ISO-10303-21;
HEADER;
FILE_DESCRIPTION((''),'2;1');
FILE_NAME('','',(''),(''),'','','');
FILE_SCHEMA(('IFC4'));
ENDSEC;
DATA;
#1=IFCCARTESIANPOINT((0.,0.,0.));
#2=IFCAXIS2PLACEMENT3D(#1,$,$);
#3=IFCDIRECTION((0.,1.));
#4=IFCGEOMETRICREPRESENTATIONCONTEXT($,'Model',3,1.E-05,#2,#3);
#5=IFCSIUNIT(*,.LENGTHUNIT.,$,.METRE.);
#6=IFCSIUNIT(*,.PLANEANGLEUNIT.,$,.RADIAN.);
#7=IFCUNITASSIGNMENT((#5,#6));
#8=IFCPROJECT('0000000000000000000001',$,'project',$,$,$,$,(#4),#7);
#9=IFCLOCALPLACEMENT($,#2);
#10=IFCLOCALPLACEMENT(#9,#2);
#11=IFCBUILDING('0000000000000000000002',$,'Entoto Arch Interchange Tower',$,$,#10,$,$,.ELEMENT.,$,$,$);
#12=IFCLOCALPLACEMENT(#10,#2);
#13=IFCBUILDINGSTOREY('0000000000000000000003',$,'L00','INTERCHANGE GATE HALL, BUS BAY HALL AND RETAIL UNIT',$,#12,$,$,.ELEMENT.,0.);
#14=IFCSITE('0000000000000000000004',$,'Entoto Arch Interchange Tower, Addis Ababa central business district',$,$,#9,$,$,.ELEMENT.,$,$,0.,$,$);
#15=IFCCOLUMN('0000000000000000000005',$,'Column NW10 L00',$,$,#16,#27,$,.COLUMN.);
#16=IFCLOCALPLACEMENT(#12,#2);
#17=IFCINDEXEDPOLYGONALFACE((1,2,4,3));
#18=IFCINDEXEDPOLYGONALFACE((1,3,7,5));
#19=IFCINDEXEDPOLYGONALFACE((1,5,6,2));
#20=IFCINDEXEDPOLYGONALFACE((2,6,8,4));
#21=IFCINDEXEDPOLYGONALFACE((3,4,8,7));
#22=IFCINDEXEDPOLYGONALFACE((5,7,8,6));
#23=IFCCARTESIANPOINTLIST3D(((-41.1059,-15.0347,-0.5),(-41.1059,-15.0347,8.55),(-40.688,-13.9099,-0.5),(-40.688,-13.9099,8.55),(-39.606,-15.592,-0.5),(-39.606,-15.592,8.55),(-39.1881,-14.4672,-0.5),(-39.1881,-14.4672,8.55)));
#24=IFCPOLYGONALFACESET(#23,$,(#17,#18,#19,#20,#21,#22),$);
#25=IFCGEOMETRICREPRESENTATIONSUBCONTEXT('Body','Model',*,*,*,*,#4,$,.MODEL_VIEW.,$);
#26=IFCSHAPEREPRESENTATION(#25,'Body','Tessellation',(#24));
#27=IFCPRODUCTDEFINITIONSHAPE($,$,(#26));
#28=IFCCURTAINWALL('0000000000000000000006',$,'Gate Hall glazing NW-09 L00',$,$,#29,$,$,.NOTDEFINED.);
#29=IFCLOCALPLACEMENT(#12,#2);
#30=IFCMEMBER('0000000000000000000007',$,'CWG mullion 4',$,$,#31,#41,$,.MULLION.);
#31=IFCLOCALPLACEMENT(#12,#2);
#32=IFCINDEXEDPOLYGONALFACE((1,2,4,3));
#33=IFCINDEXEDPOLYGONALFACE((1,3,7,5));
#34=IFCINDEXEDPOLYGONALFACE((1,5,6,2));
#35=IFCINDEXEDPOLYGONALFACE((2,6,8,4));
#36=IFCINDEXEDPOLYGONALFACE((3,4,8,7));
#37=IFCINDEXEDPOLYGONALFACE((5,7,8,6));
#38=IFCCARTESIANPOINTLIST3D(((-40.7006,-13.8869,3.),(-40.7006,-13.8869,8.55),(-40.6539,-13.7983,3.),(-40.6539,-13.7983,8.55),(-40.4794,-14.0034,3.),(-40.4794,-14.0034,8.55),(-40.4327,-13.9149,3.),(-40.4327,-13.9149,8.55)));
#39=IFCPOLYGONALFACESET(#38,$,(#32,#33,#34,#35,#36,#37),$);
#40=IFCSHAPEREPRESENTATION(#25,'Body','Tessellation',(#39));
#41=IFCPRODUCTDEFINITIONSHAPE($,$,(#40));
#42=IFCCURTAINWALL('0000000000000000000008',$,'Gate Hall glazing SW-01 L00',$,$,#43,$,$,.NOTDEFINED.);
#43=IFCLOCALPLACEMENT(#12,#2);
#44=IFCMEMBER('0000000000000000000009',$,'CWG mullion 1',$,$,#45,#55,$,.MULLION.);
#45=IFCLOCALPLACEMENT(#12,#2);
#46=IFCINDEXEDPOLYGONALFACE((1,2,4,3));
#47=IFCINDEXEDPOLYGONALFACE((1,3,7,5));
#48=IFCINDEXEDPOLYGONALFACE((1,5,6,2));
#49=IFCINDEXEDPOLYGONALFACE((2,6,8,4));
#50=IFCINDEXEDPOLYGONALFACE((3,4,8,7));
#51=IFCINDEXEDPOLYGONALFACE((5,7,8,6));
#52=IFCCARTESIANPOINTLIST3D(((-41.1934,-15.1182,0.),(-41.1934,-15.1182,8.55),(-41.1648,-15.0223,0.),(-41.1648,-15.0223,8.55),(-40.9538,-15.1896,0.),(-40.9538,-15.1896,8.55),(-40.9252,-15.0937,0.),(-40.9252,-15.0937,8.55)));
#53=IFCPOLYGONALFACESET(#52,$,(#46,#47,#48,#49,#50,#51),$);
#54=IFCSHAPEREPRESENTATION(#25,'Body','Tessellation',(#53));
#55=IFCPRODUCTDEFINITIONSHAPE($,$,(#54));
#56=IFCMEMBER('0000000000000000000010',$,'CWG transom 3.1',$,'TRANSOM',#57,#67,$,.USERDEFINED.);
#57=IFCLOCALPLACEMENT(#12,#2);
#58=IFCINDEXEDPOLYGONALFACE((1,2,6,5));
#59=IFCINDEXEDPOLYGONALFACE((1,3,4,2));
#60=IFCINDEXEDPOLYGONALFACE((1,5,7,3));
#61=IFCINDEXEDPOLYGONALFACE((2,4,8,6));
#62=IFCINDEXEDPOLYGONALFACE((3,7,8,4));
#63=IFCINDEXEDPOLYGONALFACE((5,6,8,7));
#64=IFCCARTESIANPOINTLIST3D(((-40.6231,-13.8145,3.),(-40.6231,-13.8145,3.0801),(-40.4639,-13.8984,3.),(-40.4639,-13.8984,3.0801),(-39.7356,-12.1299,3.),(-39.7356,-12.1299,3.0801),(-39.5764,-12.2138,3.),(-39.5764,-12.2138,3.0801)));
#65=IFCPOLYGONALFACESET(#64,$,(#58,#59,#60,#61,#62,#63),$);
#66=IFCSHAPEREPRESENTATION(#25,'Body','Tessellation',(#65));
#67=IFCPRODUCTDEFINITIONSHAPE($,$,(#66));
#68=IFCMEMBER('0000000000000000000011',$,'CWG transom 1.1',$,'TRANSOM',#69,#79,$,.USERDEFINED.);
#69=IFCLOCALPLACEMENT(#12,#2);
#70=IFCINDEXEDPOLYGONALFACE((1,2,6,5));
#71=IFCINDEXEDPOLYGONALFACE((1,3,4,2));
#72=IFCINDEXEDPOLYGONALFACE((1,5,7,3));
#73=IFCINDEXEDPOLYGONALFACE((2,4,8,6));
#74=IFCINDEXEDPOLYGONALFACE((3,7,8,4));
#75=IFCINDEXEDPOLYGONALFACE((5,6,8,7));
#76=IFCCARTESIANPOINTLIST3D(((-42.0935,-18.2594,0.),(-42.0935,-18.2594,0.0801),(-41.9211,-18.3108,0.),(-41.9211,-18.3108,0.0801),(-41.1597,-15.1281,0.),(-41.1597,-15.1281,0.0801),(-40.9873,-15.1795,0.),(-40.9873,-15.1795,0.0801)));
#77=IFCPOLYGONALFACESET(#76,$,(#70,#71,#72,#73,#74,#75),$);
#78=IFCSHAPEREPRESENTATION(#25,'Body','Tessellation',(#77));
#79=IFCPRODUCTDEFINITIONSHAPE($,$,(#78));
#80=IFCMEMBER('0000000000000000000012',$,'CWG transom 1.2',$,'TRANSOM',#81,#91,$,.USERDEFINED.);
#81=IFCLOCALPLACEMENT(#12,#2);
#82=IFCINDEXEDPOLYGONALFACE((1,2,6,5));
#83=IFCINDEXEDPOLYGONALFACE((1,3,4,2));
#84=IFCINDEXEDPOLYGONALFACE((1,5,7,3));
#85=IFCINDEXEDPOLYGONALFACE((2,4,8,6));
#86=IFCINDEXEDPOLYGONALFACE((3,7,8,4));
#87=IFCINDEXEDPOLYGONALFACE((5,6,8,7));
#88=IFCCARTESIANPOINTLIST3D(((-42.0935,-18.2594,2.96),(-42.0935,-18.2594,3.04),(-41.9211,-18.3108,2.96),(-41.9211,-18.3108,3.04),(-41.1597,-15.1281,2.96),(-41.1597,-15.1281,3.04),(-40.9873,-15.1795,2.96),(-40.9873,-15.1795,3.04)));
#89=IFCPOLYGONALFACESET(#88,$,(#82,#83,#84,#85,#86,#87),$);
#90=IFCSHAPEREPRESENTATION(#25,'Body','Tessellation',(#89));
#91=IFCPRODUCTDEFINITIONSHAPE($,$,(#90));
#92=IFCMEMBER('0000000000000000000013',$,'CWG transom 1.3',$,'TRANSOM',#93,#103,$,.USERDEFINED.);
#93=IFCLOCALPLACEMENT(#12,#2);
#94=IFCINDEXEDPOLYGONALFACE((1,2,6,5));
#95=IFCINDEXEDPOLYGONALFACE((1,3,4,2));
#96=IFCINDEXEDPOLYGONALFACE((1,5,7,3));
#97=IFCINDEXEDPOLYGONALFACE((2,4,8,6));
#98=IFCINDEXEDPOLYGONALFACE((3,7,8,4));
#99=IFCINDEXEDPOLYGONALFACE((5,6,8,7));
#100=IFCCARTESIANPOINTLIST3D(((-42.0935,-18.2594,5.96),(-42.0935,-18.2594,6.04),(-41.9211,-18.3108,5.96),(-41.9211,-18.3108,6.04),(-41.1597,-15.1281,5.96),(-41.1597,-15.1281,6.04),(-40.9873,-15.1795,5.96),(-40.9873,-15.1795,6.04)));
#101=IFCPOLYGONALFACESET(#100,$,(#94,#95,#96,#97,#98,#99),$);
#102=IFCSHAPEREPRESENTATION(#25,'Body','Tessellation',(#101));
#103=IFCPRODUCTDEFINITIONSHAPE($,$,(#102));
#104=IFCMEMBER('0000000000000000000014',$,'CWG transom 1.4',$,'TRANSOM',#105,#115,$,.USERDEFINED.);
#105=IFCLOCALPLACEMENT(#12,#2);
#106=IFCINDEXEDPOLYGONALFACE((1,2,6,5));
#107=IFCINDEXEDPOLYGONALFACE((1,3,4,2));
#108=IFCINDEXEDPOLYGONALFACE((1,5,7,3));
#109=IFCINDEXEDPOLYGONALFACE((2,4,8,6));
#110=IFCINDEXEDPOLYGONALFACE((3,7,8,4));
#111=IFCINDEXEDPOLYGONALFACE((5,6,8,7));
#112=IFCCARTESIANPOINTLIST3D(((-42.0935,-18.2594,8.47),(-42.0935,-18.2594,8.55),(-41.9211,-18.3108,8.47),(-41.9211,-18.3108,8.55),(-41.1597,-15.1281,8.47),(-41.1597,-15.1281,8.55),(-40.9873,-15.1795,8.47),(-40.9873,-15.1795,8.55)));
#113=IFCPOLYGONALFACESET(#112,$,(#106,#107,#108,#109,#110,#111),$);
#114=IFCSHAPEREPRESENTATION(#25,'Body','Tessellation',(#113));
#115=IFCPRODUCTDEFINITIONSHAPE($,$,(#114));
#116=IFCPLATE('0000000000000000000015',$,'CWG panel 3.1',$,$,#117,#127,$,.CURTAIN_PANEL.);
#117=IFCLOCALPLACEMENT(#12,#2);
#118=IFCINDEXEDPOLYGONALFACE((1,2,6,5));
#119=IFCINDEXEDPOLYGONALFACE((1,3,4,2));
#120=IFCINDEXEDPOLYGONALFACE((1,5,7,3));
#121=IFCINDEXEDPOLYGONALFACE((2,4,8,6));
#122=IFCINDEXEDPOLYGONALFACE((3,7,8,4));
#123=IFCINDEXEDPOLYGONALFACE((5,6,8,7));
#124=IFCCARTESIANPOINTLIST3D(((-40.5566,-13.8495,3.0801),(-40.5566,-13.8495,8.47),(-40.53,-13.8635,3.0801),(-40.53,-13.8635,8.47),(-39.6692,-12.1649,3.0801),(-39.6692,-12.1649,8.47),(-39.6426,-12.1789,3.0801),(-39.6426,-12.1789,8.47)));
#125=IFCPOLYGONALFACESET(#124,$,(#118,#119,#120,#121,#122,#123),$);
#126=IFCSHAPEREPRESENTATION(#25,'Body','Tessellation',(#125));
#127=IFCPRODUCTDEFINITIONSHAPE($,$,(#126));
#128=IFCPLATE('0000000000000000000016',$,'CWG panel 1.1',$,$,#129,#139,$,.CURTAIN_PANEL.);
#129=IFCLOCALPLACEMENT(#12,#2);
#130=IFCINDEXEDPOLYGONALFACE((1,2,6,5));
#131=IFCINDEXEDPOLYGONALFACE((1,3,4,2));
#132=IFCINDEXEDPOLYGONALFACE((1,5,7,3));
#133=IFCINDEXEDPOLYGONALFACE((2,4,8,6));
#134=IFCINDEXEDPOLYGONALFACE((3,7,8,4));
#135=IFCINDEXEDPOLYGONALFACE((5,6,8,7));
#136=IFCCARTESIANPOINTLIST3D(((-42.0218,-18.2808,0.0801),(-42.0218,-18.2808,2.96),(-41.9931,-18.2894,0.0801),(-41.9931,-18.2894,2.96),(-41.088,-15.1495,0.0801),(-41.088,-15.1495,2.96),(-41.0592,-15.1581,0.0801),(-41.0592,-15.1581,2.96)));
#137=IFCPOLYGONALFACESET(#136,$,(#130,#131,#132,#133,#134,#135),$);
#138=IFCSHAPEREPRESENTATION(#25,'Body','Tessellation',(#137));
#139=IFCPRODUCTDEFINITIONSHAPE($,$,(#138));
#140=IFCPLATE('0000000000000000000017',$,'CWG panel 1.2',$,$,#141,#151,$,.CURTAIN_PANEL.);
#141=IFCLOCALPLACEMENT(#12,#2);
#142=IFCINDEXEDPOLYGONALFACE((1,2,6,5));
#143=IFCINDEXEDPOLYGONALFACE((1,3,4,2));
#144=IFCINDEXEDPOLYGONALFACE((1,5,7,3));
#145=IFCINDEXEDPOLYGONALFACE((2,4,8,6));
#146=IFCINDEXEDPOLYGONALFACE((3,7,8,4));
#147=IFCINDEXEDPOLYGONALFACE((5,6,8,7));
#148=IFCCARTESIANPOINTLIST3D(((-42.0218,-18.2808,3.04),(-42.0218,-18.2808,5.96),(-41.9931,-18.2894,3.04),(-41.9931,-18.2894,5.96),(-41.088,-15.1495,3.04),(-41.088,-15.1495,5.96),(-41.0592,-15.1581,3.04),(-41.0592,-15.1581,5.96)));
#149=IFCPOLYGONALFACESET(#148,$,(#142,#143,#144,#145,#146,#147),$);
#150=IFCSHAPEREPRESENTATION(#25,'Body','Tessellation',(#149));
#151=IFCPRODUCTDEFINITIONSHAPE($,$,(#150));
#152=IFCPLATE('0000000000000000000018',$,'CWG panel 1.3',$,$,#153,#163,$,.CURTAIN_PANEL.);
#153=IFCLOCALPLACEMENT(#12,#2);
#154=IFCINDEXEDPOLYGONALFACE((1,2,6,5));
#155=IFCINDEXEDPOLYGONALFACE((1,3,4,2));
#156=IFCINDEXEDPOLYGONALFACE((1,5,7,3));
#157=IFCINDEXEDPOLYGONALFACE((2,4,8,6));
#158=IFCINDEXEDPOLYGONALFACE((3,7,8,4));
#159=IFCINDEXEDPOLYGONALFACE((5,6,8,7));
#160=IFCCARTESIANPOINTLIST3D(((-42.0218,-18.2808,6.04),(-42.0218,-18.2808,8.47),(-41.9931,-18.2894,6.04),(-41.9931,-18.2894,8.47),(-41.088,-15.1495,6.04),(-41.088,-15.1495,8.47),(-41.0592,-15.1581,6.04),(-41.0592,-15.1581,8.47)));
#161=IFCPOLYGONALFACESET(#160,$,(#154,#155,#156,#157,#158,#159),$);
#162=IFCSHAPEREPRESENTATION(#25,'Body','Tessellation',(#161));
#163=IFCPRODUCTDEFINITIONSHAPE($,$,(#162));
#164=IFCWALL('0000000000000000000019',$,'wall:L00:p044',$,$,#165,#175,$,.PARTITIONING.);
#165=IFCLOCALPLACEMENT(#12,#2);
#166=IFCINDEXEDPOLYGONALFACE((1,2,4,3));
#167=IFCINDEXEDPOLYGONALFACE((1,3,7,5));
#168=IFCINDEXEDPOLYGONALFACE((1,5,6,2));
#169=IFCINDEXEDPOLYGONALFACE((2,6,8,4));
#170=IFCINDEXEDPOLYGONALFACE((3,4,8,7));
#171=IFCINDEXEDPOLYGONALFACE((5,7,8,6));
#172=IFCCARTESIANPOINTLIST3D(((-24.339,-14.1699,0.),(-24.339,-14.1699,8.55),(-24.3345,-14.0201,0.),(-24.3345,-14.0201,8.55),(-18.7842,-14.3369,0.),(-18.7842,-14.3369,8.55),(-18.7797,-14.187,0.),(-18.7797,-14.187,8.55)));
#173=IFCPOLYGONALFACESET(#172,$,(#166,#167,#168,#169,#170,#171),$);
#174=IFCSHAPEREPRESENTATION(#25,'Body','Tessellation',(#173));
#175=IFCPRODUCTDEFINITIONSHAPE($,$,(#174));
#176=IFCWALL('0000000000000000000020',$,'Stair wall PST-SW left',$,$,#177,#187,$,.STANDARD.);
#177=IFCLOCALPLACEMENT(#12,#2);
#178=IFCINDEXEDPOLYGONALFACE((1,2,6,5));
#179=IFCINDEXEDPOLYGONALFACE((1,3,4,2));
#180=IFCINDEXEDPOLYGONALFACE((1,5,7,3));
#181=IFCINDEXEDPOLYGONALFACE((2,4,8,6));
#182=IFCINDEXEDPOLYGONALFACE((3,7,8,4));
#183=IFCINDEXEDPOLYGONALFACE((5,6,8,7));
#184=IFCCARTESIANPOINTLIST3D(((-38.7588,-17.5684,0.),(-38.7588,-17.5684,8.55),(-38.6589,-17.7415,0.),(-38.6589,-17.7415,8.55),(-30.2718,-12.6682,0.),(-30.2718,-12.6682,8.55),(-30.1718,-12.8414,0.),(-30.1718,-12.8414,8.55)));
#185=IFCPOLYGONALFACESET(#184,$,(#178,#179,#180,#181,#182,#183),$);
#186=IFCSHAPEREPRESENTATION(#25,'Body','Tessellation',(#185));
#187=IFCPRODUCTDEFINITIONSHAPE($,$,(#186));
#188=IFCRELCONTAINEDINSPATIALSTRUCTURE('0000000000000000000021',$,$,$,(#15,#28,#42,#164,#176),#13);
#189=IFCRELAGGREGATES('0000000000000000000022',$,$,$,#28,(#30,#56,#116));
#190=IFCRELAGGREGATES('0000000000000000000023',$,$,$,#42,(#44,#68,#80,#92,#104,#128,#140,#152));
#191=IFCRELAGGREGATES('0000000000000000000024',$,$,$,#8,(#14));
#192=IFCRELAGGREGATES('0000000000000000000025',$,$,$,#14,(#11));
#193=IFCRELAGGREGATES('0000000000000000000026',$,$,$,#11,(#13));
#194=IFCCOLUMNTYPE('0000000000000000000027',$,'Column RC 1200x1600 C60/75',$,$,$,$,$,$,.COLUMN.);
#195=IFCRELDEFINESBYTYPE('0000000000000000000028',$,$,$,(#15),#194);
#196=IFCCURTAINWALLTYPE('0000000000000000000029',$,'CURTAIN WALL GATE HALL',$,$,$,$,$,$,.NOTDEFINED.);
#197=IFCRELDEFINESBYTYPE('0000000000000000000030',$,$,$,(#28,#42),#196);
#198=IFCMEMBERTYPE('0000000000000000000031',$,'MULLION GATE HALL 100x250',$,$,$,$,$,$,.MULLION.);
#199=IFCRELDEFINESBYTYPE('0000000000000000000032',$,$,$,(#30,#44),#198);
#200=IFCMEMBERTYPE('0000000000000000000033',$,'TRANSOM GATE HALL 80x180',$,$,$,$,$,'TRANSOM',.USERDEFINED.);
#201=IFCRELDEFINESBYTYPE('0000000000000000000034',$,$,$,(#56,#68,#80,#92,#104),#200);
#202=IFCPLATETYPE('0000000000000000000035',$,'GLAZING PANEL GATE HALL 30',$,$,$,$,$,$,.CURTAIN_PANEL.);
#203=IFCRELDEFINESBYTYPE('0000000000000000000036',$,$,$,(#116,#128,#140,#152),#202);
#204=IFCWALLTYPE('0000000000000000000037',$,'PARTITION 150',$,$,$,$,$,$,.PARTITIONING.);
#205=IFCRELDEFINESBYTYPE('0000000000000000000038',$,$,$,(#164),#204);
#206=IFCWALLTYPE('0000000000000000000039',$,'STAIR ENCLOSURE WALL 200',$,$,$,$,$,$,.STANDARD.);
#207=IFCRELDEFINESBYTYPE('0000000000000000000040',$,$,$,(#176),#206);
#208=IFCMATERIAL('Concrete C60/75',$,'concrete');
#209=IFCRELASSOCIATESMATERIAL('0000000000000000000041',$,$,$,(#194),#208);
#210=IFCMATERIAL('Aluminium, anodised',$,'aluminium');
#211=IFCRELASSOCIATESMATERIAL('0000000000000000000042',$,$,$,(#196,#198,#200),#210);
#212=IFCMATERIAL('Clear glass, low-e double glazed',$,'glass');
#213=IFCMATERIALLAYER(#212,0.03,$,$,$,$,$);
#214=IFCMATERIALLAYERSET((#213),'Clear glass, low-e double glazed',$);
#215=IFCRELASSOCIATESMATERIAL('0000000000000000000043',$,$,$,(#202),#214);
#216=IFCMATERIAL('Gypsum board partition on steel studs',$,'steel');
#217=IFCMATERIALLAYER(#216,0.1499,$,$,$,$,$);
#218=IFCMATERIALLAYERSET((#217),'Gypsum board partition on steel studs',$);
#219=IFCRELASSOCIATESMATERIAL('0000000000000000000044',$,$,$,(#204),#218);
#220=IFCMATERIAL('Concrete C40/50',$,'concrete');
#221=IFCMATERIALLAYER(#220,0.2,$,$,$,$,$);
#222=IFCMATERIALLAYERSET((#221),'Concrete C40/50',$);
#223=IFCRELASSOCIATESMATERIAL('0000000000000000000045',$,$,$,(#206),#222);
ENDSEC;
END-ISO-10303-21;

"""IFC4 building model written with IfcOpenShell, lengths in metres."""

from ifc_helpers import new_model, si_unit, direction, frame, frame_2d, origin, origin_2d, place, context, subcontext, project, spatial, rectangle, extrude, material, layer, layer_set, material_profile, profile_set, type_object, element, aggregate, save


model = new_model("IFC4")

# Units and contexts
model_context = context("Model", 3, precision=1e-05, world=origin(), true_north=direction((0.0, 1.0)))
body_context = subcontext(model_context, "Body", "Model", "MODEL_VIEW")
ifc_project = project(units=[si_unit("LENGTHUNIT", "METRE"), si_unit("PLANEANGLEUNIT", "RADIAN")], contexts=[model_context])

# Site, building, storey
site_placement = place(None, origin())
site = spatial("IfcSite", under=ifc_project, at=site_placement, Name="Entoto Arch Interchange Tower, Addis Ababa central business district", CompositionType="ELEMENT", RefElevation=0.0)
building_placement = place(site_placement, origin())
building = spatial("IfcBuilding", under=site, at=building_placement, Name="Entoto Arch Interchange Tower", CompositionType="ELEMENT")
storey_placement = place(building_placement, origin())
storey = spatial("IfcBuildingStorey", under=building, at=storey_placement, Name="L00", Description="INTERCHANGE GATE HALL, BUS BAY HALL AND RETAIL UNIT", CompositionType="ELEMENT", Elevation=0.0)

# Column
ifc_material_1 = material(Name="Concrete C60/75", Category="concrete")
ifc_material_profile_1 = material_profile(ifc_material_1, rectangle(XDim=1.2, YDim=1.6001, at=origin_2d()))
ifc_profile_set_1 = profile_set([ifc_material_profile_1], Name="Concrete C60/75")
column_type = type_object("IfcColumnType", Name="Column RC 1200x1600 C60/75", PredefinedType="COLUMN", material=ifc_profile_set_1)
column_placement = place(storey_placement, frame((-40.147, -14.751, -0.5), z_axis=(0.0, 0.0, 1.0), x_axis=(0.348278, 0.937391, 0.0)))
element("IfcColumn", 1, at=column_placement, inside=storey, type_object=column_type, Name="Column NW10 L00", PredefinedType="COLUMN", context=body_context, shape_type="SweptSolid", body=[
    extrude(rectangle(XDim=1.2, YDim=1.6001, at=origin_2d()), origin(), (0.0, 0.0, 1.0), 9.05),
])

# Curtain walls, members
ifc_material_2 = material(Name="Aluminium, anodised", Category="aluminium")
curtain_wall_type = type_object("IfcCurtainWallType", Name="CURTAIN WALL GATE HALL", PredefinedType="NOTDEFINED", material=ifc_material_2)
curtain_wall_1_placement = place(storey_placement, origin())
curtain_wall_1 = element("IfcCurtainWall", 2, at=curtain_wall_1_placement, inside=storey, type_object=curtain_wall_type, Name="Gate Hall glazing NW-09 L00", PredefinedType="NOTDEFINED")
ifc_material_profile_2 = material_profile(ifc_material_2, rectangle(XDim=0.25, YDim=0.1001, at=origin_2d()))
ifc_profile_set_2 = profile_set([ifc_material_profile_2], Name="Aluminium, anodised")
member_type_1 = type_object("IfcMemberType", Name="MULLION GATE HALL 100x250", PredefinedType="MULLION", material=ifc_profile_set_2)
member_1_placement = place(storey_placement, frame((-40.5667, -13.9009, 3.0), z_axis=(0.0, 0.0, 1.0), x_axis=(0.884749, -0.466067, 0.0)))
member_1 = element("IfcMember", 3, at=member_1_placement, type_object=member_type_1, Name="CWG mullion 4", PredefinedType="MULLION", context=body_context, shape_type="SweptSolid", body=[
    extrude(rectangle(XDim=0.25, YDim=0.1001, at=origin_2d()), origin(), (0.0, 0.0, 1.0), 5.55),
])
curtain_wall_2_placement = place(storey_placement, origin())
curtain_wall_2 = element("IfcCurtainWall", 4, at=curtain_wall_2_placement, inside=storey, type_object=curtain_wall_type, Name="Gate Hall glazing SW-01 L00", PredefinedType="NOTDEFINED")
member_2_placement = place(storey_placement, frame((-41.0593, -15.106, 0.0), z_axis=(0.0, 0.0, 1.0), x_axis=(0.958293, -0.285787, 0.0)))
member_2 = element("IfcMember", 5, at=member_2_placement, type_object=member_type_1, Name="CWG mullion 1", PredefinedType="MULLION", context=body_context, shape_type="SweptSolid", body=[
    extrude(rectangle(XDim=0.25, YDim=0.1001, at=origin_2d()), origin(), (0.0, 0.0, 1.0), 8.55),
])

# Members
ifc_material_profile_3 = material_profile(ifc_material_2, rectangle(XDim=0.1799, YDim=0.0801, at=origin_2d()))
ifc_profile_set_3 = profile_set([ifc_material_profile_3], Name="Aluminium, anodised")
member_type_2 = type_object("IfcMemberType", Name="TRANSOM GATE HALL 80x180", ElementType="TRANSOM", PredefinedType="USERDEFINED", material=ifc_profile_set_3)
member_3_placement = place(storey_placement, frame((-39.656, -12.1719, 3.04), z_axis=(-0.46609, -0.884737, 0.0), x_axis=(0.884737, -0.46609, 0.0)))
member_3 = element("IfcMember", 6, at=member_3_placement, type_object=member_type_2, Name="CWG transom 3.1", ObjectType="TRANSOM", PredefinedType="USERDEFINED", context=body_context, shape_type="SweptSolid", body=[
    extrude(rectangle(XDim=0.1799, YDim=0.0801, at=origin_2d()), origin(), (0.0, 0.0, 1.0), 1.9041),
])
member_4_placement = place(storey_placement, frame((-41.0735, -15.1538, 0.04), z_axis=(-0.285785, -0.958294, 0.0), x_axis=(0.958294, -0.285785, 0.0)))
member_4 = element("IfcMember", 7, at=member_4_placement, type_object=member_type_2, Name="CWG transom 1.1", ObjectType="TRANSOM", PredefinedType="USERDEFINED", context=body_context, shape_type="SweptSolid", body=[
    extrude(rectangle(XDim=0.1799, YDim=0.0801, at=origin_2d()), origin(), (0.0, 0.0, 1.0), 3.2676),
])
member_5_placement = place(storey_placement, frame((-41.0735, -15.1538, 3.0), z_axis=(-0.285785, -0.958294, 0.0), x_axis=(0.958294, -0.285785, 0.0)))
member_5 = element("IfcMember", 8, at=member_5_placement, type_object=member_type_2, Name="CWG transom 1.2", ObjectType="TRANSOM", PredefinedType="USERDEFINED", context=body_context, shape_type="SweptSolid", body=[
    extrude(rectangle(XDim=0.1799, YDim=0.0801, at=origin_2d()), origin(), (0.0, 0.0, 1.0), 3.2676),
])
member_6_placement = place(storey_placement, frame((-41.0735, -15.1538, 6.0), z_axis=(-0.285785, -0.958294, 0.0), x_axis=(0.958294, -0.285785, 0.0)))
member_6 = element("IfcMember", 9, at=member_6_placement, type_object=member_type_2, Name="CWG transom 1.3", ObjectType="TRANSOM", PredefinedType="USERDEFINED", context=body_context, shape_type="SweptSolid", body=[
    extrude(rectangle(XDim=0.1799, YDim=0.0801, at=origin_2d()), origin(), (0.0, 0.0, 1.0), 3.2676),
])
member_7_placement = place(storey_placement, frame((-41.0735, -15.1538, 8.51), z_axis=(-0.285785, -0.958294, 0.0), x_axis=(0.958294, -0.285785, 0.0)))
member_7 = element("IfcMember", 10, at=member_7_placement, type_object=member_type_2, Name="CWG transom 1.4", ObjectType="TRANSOM", PredefinedType="USERDEFINED", context=body_context, shape_type="SweptSolid", body=[
    extrude(rectangle(XDim=0.1799, YDim=0.0801, at=origin_2d()), origin(), (0.0, 0.0, 1.0), 3.2676),
])

# Plates
ifc_material_3 = material(Name="Clear glass, low-e double glazed", Category="glass")
ifc_layer_1 = layer(ifc_material_3, 0.03)
ifc_layer_set_1 = layer_set([ifc_layer_1], Name="Clear glass, low-e double glazed")
plate_type = type_object("IfcPlateType", Name="GLAZING PANEL GATE HALL 30", PredefinedType="CURTAIN_PANEL", material=ifc_layer_set_1)
plate_1_placement = place(storey_placement, frame((-40.0996, -13.0142, 3.0801), z_axis=(0.0, 0.0, 1.0), x_axis=(-0.466067, -0.884749, 0.0)))
plate_1 = element("IfcPlate", 11, at=plate_1_placement, type_object=plate_type, Name="CWG panel 3.1", PredefinedType="CURTAIN_PANEL", context=body_context, shape_type="SweptSolid", body=[
    extrude(rectangle(XDim=1.9041, YDim=0.03, at=origin_2d()), origin(), (0.0, 0.0, 1.0), 5.3899),
])
aggregate(curtain_wall_1, [member_1, member_3, plate_1])
plate_2_placement = place(storey_placement, frame((-41.5405, -16.7195, 0.0801), z_axis=(0.0, 0.0, 1.0), x_axis=(-0.285787, -0.958293, 0.0)))
plate_2 = element("IfcPlate", 12, at=plate_2_placement, type_object=plate_type, Name="CWG panel 1.1", PredefinedType="CURTAIN_PANEL", context=body_context, shape_type="SweptSolid", body=[
    extrude(rectangle(XDim=3.2676, YDim=0.03, at=origin_2d()), origin(), (0.0, 0.0, 1.0), 2.8799),
])
plate_3_placement = place(storey_placement, frame((-41.5405, -16.7195, 3.04), z_axis=(0.0, 0.0, 1.0), x_axis=(-0.285787, -0.958293, 0.0)))
plate_3 = element("IfcPlate", 13, at=plate_3_placement, type_object=plate_type, Name="CWG panel 1.2", PredefinedType="CURTAIN_PANEL", context=body_context, shape_type="SweptSolid", body=[
    extrude(rectangle(XDim=3.2676, YDim=0.03, at=origin_2d()), origin(), (0.0, 0.0, 1.0), 2.9199),
])
plate_4_placement = place(storey_placement, frame((-41.5405, -16.7195, 6.04), z_axis=(0.0, 0.0, 1.0), x_axis=(-0.285787, -0.958293, 0.0)))
plate_4 = element("IfcPlate", 14, at=plate_4_placement, type_object=plate_type, Name="CWG panel 1.3", PredefinedType="CURTAIN_PANEL", context=body_context, shape_type="SweptSolid", body=[
    extrude(rectangle(XDim=3.2676, YDim=0.03, at=origin_2d()), origin(), (0.0, 0.0, 1.0), 2.4299),
])
aggregate(curtain_wall_2, [member_2, member_4, member_5, member_6, member_7, plate_2, plate_3, plate_4])

# Walls
ifc_material_4 = material(Name="Gypsum board partition on steel studs", Category="steel")
ifc_layer_2 = layer(ifc_material_4, 0.1499)
ifc_layer_set_2 = layer_set([ifc_layer_2], Name="Gypsum board partition on steel studs")
wall_type_1 = type_object("IfcWallType", Name="PARTITION 150", PredefinedType="PARTITIONING", material=ifc_layer_set_2)
wall_1_placement = place(storey_placement, frame((-24.3369, -14.095, 0.0), z_axis=(0.0, 0.0, 1.0), x_axis=(0.999548, -0.030048, 0.0)))
element("IfcWall", 15, at=wall_1_placement, inside=storey, type_object=wall_type_1, Name="wall:L00:p044", PredefinedType="PARTITIONING", context=body_context, shape_type="SweptSolid", body=[
    extrude(rectangle(XDim=5.5574, YDim=0.1499, at=frame_2d((2.7788, 0.0))), origin(), (0.0, 0.0, 1.0), 8.55),
])
ifc_material_5 = material(Name="Concrete C40/50", Category="concrete")
ifc_layer_3 = layer(ifc_material_5, 0.2)
ifc_layer_set_3 = layer_set([ifc_layer_3], Name="Concrete C40/50")
wall_type_2 = type_object("IfcWallType", Name="STAIR ENCLOSURE WALL 200", PredefinedType="STANDARD", material=ifc_layer_set_3)
for number, where, z_axis, x_axis, name in (
    (16, (-30.2219, -12.7549, 0.0), (0.0, 0.0, 1.0), (-0.866019, -0.500011, 0.0), "Stair wall PST-SW left"),
):
    element("IfcWall", number, at=place(storey_placement, frame(where, z_axis=z_axis, x_axis=x_axis)), inside=storey, type_object=wall_type_2, Name=name, PredefinedType="STANDARD", context=body_context, shape_type="SweptSolid", body=[
        extrude(rectangle(XDim=9.8, YDim=0.2, at=frame_2d((4.8999, 0.0))), origin(), (0.0, 0.0, 1.0), 8.55),
    ])

save(model, "model.ifc")
